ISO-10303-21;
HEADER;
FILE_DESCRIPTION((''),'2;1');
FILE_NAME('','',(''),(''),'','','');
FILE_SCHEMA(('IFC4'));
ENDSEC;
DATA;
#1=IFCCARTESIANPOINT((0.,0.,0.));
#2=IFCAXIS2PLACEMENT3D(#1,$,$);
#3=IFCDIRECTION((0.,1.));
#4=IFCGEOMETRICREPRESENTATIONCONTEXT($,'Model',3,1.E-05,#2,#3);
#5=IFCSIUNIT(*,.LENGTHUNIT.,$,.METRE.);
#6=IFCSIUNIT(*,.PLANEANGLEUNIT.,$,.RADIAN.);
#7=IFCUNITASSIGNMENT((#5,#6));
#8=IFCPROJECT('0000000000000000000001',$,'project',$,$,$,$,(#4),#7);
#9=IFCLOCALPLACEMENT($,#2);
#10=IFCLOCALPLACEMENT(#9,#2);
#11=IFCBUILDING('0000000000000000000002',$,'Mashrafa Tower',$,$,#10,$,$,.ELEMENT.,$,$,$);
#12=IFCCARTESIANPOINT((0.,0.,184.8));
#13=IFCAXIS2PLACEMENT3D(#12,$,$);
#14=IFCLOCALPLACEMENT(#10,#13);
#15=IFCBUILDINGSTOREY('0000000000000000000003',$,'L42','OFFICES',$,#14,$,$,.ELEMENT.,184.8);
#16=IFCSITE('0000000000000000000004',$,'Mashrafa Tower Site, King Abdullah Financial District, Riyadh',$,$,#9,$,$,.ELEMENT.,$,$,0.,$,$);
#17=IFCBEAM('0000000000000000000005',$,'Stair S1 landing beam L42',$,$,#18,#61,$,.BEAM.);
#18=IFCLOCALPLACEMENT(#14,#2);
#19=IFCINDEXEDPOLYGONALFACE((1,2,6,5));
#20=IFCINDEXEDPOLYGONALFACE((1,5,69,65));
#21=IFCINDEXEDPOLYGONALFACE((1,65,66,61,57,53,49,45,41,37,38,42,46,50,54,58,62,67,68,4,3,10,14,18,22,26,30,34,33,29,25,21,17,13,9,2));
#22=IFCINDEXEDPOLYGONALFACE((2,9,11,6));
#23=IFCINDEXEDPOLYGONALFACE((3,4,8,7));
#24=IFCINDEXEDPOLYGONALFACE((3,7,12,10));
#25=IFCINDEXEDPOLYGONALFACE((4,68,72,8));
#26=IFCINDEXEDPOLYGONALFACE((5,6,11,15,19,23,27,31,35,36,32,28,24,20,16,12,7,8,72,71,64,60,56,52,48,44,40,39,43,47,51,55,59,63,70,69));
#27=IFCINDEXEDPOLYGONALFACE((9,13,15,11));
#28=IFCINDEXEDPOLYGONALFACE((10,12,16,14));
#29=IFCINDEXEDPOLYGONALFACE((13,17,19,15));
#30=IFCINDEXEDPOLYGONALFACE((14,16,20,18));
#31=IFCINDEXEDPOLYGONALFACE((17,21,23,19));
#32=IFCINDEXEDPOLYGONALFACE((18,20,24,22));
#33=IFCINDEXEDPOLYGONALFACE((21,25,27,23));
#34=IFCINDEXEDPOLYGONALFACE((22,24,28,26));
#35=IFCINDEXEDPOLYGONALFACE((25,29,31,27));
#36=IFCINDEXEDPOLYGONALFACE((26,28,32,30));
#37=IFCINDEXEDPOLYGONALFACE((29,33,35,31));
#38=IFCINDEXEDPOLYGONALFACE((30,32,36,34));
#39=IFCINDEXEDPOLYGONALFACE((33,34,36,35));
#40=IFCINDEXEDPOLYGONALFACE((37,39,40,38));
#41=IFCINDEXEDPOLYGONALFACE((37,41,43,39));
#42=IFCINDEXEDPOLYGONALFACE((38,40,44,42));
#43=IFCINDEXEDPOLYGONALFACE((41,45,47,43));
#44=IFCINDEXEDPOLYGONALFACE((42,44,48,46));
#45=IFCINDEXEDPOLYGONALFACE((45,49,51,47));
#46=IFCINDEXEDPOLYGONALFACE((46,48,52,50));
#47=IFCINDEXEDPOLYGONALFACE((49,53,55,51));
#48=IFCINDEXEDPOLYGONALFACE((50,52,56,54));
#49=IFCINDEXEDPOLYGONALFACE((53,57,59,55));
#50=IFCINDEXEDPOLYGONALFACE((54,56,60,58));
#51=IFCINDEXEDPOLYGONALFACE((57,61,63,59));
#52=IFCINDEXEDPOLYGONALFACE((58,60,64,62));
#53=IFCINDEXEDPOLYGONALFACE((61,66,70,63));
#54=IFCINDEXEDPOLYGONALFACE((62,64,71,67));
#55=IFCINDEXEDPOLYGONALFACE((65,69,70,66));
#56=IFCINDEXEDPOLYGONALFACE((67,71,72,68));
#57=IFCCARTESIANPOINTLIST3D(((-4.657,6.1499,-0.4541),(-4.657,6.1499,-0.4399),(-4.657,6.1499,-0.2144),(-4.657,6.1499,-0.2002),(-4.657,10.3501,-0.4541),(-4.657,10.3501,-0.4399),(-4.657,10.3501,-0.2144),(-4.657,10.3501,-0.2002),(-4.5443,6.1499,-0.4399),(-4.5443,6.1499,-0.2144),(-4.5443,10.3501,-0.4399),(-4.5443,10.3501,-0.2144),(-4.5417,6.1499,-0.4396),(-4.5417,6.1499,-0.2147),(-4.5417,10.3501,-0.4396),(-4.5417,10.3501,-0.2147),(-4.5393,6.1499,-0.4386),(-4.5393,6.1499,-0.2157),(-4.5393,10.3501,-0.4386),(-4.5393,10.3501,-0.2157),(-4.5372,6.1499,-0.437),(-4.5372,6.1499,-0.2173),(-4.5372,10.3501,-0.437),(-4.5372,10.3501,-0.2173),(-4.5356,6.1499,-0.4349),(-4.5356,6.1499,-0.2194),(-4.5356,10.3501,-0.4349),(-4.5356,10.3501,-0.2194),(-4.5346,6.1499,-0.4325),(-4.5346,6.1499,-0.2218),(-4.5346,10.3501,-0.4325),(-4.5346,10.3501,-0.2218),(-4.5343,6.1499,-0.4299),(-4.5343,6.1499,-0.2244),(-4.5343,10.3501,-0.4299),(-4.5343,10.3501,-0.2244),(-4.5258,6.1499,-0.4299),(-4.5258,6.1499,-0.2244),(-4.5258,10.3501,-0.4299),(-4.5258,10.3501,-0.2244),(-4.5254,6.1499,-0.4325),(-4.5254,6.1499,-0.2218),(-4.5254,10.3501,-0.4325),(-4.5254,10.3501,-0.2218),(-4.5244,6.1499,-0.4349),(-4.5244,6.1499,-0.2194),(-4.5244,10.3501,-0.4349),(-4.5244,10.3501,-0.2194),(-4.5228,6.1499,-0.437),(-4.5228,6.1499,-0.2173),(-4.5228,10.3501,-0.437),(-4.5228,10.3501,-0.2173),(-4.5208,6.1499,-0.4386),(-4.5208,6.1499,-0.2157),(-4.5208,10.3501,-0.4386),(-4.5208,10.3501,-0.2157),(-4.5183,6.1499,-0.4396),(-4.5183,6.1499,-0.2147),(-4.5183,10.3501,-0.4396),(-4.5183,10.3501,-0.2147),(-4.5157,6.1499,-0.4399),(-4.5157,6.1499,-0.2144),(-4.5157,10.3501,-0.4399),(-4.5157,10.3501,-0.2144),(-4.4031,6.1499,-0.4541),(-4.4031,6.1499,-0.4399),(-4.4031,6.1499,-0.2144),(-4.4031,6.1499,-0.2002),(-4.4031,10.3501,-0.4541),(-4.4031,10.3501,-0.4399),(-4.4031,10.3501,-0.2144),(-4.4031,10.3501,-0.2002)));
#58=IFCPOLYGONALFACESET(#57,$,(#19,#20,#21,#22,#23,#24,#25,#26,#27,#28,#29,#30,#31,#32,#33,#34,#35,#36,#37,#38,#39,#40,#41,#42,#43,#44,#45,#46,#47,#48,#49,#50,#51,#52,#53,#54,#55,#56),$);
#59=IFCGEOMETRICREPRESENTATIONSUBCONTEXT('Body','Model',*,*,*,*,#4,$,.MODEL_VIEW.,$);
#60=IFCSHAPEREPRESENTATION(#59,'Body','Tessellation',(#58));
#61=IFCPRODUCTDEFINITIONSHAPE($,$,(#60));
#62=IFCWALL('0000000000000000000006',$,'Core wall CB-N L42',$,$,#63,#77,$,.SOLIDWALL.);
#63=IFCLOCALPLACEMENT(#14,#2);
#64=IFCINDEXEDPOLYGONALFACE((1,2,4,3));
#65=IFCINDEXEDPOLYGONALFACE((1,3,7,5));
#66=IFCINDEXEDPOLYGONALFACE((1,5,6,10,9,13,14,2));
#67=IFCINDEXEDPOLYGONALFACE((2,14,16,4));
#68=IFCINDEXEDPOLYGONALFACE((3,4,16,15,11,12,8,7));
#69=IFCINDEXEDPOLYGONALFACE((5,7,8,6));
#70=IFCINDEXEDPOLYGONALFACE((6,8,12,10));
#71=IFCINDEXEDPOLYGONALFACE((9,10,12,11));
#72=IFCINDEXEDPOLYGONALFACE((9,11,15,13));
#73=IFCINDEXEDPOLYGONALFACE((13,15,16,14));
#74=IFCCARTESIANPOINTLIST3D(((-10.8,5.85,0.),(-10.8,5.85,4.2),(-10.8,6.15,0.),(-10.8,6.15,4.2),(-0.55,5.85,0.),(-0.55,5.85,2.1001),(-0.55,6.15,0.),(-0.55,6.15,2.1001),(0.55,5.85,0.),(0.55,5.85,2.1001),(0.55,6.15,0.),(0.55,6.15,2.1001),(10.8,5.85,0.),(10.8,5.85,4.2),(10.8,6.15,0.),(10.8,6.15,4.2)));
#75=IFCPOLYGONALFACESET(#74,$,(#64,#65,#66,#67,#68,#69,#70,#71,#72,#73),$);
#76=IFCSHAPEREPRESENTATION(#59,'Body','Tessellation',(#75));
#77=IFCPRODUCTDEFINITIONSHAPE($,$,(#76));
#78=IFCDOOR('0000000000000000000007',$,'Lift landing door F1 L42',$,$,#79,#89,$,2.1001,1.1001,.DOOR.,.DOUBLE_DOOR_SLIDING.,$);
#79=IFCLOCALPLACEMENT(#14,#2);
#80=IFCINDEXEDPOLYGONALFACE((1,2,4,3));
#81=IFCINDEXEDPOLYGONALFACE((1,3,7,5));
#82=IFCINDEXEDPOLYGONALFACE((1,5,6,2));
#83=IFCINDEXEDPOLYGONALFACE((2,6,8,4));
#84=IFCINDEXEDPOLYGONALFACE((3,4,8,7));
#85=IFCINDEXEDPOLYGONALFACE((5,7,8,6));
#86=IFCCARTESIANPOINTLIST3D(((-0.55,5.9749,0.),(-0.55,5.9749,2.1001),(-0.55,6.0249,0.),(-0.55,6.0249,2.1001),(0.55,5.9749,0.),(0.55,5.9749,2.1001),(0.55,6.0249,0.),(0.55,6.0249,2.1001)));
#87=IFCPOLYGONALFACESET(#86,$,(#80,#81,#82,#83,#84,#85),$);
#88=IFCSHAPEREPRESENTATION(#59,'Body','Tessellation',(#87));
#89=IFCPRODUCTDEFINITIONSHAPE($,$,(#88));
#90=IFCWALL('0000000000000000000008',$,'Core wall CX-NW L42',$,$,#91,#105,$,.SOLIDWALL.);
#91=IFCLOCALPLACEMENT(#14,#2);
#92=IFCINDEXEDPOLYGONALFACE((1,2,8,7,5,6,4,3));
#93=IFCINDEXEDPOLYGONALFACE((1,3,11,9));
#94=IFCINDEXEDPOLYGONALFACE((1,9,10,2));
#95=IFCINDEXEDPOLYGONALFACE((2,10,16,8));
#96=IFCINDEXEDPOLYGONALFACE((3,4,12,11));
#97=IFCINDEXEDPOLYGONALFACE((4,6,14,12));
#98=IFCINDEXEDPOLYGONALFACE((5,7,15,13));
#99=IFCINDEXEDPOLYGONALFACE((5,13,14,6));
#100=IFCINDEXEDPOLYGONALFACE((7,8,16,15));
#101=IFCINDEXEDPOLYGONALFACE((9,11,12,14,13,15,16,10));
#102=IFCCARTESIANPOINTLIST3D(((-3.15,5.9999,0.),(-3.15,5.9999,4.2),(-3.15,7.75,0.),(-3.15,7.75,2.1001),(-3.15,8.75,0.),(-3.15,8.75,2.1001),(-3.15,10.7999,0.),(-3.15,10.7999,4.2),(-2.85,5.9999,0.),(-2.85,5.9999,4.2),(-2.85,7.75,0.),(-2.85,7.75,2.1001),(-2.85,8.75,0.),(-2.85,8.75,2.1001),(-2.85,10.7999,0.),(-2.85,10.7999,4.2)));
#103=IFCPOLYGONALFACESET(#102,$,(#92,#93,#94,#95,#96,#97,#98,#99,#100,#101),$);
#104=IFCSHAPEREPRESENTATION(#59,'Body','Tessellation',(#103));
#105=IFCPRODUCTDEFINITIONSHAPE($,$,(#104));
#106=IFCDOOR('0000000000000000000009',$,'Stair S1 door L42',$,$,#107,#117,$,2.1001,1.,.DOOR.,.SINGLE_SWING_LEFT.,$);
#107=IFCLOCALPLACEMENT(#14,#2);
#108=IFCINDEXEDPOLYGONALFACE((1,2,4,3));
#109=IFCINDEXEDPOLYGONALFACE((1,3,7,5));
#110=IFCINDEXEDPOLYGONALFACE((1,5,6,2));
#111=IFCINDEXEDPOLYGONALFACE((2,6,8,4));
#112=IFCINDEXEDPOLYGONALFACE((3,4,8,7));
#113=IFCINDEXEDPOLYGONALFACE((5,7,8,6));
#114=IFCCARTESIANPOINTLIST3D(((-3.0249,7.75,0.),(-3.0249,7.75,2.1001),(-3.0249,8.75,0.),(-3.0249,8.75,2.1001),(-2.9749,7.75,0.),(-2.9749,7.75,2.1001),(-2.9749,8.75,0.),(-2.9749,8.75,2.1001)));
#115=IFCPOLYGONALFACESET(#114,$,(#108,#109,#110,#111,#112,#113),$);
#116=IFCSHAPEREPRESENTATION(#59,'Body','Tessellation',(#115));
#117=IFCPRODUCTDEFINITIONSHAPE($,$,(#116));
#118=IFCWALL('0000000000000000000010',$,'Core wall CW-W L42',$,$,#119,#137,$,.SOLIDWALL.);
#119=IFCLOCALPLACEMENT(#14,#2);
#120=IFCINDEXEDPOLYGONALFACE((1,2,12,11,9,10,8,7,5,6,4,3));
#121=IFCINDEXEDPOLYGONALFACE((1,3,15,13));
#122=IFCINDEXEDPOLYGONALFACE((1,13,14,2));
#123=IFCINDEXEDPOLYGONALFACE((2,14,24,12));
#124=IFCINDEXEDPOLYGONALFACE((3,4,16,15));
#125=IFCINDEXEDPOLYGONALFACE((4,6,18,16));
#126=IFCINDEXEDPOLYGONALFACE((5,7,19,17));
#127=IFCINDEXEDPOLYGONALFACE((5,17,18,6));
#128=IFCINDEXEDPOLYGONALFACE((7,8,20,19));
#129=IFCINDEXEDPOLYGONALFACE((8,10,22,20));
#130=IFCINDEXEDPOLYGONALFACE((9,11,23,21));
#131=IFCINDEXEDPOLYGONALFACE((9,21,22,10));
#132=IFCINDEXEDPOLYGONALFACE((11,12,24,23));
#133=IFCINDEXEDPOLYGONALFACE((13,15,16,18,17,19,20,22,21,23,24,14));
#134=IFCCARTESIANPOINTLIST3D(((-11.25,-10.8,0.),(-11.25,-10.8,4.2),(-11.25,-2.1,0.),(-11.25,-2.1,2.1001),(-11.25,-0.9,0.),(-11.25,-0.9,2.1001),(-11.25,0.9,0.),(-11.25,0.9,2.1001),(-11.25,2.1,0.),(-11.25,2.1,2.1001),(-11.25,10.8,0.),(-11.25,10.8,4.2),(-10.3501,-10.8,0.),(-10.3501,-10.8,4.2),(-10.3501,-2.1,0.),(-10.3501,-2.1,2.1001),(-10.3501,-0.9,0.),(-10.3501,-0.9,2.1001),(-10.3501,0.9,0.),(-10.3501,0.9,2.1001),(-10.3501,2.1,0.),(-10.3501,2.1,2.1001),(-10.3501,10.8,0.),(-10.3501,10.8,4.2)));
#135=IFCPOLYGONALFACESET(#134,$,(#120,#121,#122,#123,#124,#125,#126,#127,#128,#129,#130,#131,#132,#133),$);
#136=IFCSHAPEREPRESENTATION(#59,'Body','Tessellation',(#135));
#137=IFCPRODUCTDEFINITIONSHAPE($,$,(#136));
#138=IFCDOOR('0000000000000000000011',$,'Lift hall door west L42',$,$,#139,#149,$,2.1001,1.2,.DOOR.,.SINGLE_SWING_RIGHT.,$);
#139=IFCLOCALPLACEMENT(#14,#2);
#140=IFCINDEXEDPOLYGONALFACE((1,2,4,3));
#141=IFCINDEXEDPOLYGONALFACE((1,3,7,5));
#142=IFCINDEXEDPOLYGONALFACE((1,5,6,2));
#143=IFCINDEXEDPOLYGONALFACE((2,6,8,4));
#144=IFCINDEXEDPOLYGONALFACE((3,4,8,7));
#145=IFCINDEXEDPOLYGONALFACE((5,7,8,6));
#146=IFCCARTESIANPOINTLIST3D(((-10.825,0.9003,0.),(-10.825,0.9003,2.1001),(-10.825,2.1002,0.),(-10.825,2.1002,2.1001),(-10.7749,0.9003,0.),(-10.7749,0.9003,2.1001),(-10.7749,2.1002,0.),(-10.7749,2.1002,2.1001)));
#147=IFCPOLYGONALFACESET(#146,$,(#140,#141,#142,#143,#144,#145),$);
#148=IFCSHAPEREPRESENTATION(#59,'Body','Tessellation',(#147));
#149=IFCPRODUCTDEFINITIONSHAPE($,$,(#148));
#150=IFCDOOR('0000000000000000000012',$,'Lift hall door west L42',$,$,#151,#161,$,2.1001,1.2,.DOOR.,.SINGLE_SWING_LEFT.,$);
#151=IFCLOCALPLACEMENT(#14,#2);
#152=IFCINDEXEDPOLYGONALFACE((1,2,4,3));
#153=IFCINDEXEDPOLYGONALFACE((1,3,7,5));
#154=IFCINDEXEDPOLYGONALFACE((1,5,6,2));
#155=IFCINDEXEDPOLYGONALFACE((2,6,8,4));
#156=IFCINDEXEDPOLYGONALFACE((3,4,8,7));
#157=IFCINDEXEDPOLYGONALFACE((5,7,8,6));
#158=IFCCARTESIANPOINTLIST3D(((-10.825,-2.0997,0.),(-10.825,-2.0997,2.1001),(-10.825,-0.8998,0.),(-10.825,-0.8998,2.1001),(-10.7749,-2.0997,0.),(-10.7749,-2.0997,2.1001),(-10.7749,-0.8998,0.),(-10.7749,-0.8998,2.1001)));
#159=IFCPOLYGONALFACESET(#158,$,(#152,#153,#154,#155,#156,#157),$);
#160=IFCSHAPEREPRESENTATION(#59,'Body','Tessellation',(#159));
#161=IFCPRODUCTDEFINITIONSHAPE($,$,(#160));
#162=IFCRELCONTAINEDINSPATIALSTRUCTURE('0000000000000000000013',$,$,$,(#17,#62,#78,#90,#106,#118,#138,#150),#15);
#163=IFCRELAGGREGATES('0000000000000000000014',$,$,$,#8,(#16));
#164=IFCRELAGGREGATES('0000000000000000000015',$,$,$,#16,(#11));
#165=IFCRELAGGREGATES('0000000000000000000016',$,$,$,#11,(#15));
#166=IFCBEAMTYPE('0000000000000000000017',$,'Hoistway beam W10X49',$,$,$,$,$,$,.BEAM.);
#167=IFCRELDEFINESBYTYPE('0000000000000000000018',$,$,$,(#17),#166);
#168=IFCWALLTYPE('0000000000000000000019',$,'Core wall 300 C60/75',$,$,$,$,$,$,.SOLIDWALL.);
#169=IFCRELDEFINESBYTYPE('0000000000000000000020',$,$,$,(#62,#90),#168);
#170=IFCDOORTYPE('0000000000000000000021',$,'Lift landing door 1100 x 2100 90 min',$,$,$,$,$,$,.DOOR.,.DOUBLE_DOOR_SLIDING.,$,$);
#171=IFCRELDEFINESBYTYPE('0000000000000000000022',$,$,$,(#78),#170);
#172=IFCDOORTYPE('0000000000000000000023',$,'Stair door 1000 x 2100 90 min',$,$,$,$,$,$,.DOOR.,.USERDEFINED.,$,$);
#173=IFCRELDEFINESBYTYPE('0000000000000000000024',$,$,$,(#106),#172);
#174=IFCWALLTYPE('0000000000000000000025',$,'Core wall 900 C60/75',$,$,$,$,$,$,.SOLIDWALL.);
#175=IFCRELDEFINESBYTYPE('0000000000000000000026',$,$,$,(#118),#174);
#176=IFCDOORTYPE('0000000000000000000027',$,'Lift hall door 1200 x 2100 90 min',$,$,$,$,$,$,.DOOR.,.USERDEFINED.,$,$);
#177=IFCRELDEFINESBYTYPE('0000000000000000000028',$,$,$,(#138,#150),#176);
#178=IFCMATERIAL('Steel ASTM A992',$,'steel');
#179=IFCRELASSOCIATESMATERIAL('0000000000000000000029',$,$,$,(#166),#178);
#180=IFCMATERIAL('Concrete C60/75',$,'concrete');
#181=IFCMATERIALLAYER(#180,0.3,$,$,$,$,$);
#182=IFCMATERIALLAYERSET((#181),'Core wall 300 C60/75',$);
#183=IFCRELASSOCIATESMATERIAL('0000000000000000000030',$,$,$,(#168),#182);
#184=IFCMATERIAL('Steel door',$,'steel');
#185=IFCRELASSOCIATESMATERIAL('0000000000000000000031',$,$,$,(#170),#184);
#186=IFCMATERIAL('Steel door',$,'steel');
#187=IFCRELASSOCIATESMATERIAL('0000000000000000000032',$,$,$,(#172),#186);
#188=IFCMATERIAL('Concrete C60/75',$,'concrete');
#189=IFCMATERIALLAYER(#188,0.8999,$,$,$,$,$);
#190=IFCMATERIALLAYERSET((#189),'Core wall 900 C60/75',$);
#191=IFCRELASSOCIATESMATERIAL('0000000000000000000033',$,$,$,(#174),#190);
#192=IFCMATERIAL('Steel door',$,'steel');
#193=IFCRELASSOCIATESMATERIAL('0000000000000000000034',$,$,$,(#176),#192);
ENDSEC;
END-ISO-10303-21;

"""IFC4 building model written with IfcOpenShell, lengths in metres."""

from ifc_helpers import new_model, si_unit, direction, frame, frame_2d, origin, origin_2d, place, context, subcontext, project, spatial, rectangle, i_section, extrude, material, layer, layer_set, material_profile, profile_set, type_object, element, fill, save


model = new_model("IFC4")

# Units and contexts
model_context = context("Model", 3, precision=1e-05, world=origin(), true_north=direction((0.0, 1.0)))
body_context = subcontext(model_context, "Body", "Model", "MODEL_VIEW")
ifc_project = project(units=[si_unit("LENGTHUNIT", "METRE"), si_unit("PLANEANGLEUNIT", "RADIAN")], contexts=[model_context])

# Site, building, storey
site_placement = place(None, origin())
site = spatial("IfcSite", under=ifc_project, at=site_placement, Name="Mashrafa Tower Site, King Abdullah Financial District, Riyadh", CompositionType="ELEMENT", RefElevation=0.0)
building_placement = place(site_placement, origin())
building = spatial("IfcBuilding", under=site, at=building_placement, Name="Mashrafa Tower", CompositionType="ELEMENT")
storey_placement = place(building_placement, frame((0.0, 0.0, 184.8)))
storey = spatial("IfcBuildingStorey", under=building, at=storey_placement, Name="L42", Description="OFFICES", CompositionType="ELEMENT", Elevation=184.8)

# Beam
ifc_material_1 = material(Name="Steel ASTM A992", Category="steel")
ifc_material_profile_1 = material_profile(ifc_material_1, i_section(OverallWidth=0.2539, OverallDepth=0.2539, WebThickness=0.0085, FlangeThickness=0.0142, FilletRadius=0.01, at=origin_2d()), Name="W10X49")
ifc_profile_set_1 = profile_set([ifc_material_profile_1], Name="Steel ASTM A992")
beam_type_1 = type_object("IfcBeamType", Name="Hoistway beam W10X49", PredefinedType="BEAM", material=ifc_profile_set_1)
beam_1_placement = place(storey_placement, frame((-4.53, 6.1499, -0.3271), z_axis=(0.0, 1.0, 0.0), x_axis=(-1.0, 0.0, 0.0)))
element("IfcBeam", 1, at=beam_1_placement, inside=storey, type_object=beam_type_1, Name="Stair S1 landing beam L42", PredefinedType="BEAM", context=body_context, shape_type="SweptSolid", body=[
    extrude(i_section(OverallWidth=0.2539, OverallDepth=0.2539, WebThickness=0.0085, FlangeThickness=0.0142, FilletRadius=0.01, at=origin_2d()), origin(), (0.0, 0.0, 1.0), 4.2002),
])

# Walls, openings, doors
ifc_material_2 = material(Name="Concrete C60/75", Category="concrete")
ifc_layer_1 = layer(ifc_material_2, 0.3)
ifc_layer_set_1 = layer_set([ifc_layer_1], Name="Core wall 300 C60/75")
wall_type_1 = type_object("IfcWallType", Name="Core wall 300 C60/75", PredefinedType="SOLIDWALL", material=ifc_layer_set_1)
wall_1_placement = place(storey_placement, frame((-10.8, 6.0, 0.0), z_axis=(0.0, 0.0, 1.0), x_axis=(1.0, 0.0, 0.0)))
wall_1 = element("IfcWall", 2, at=wall_1_placement, inside=storey, type_object=wall_type_1, Name="Core wall CB-N L42", PredefinedType="SOLIDWALL", context=body_context, shape_type="SweptSolid", body=[
    extrude(rectangle(XDim=21.6001, YDim=0.3, at=frame_2d((10.8, 0.0))), origin(), (0.0, 0.0, 1.0), 4.2),
])
opening_1_placement = place(wall_1_placement, frame((10.25, 0.0, 0.0)))
opening_1 = element("IfcOpeningElement", 3, at=opening_1_placement, cuts=wall_1, PredefinedType="OPENING", context=body_context, shape_type="SweptSolid", body=[
    extrude(rectangle(XDim=1.1001, YDim=2.1001, at=frame_2d((0.55, 1.05))), frame((0.0, 0.1599, 0.0), z_axis=(0.0, -1.0, 0.0), x_axis=(1.0, 0.0, 0.0)), (0.0, 0.0, 1.0), 0.3201),
])
ifc_material_3 = material(Name="Steel door", Category="steel")
door_type_1 = type_object("IfcDoorType", Name="Lift landing door 1100 x 2100 90 min", OperationType="DOUBLE_DOOR_SLIDING", PredefinedType="DOOR", material=ifc_material_3)
door_1_placement = place(opening_1_placement, origin())
door_1 = element("IfcDoor", 4, at=door_1_placement, inside=storey, type_object=door_type_1, Name="Lift landing door F1 L42", OperationType="DOUBLE_DOOR_SLIDING", OverallHeight=2.1001, OverallWidth=1.1001, PredefinedType="DOOR", context=body_context, shape_type="SweptSolid", body=[
    extrude(rectangle(XDim=1.1001, YDim=2.1001, at=frame_2d((0.55, 1.05))), frame((0.0, 0.0249, 0.0), z_axis=(0.0, -1.0, 0.0), x_axis=(1.0, 0.0, 0.0)), (0.0, 0.0, 1.0), 0.05),
])
fill(opening_1, door_1)
wall_2_placement = place(storey_placement, frame((-3.0, 6.0, 0.0), z_axis=(0.0, 0.0, 1.0), x_axis=(0.0, 1.0, 0.0)))
wall_2 = element("IfcWall", 5, at=wall_2_placement, inside=storey, type_object=wall_type_1, Name="Core wall CX-NW L42", PredefinedType="SOLIDWALL", context=body_context, shape_type="SweptSolid", body=[
    extrude(rectangle(XDim=4.8, YDim=0.3, at=frame_2d((2.3999, 0.0))), origin(), (0.0, 0.0, 1.0), 4.2),
])
opening_2_placement = place(wall_2_placement, frame((1.75, 0.0, 0.0)))
opening_2 = element("IfcOpeningElement", 6, at=opening_2_placement, cuts=wall_2, PredefinedType="OPENING", context=body_context, shape_type="SweptSolid", body=[
    extrude(rectangle(XDim=1.0, YDim=2.1001, at=frame_2d((0.5, 1.05))), frame((0.0, 0.1599, 0.0), z_axis=(0.0, -1.0, 0.0), x_axis=(1.0, 0.0, 0.0)), (0.0, 0.0, 1.0), 0.3201),
])
ifc_material_4 = material(Name="Steel door", Category="steel")
door_type_2 = type_object("IfcDoorType", Name="Stair door 1000 x 2100 90 min", OperationType="USERDEFINED", PredefinedType="DOOR", material=ifc_material_4)
door_2_placement = place(opening_2_placement, origin())
door_2 = element("IfcDoor", 7, at=door_2_placement, inside=storey, type_object=door_type_2, Name="Stair S1 door L42", OperationType="SINGLE_SWING_LEFT", OverallHeight=2.1001, OverallWidth=1.0, PredefinedType="DOOR", context=body_context, shape_type="SweptSolid", body=[
    extrude(rectangle(XDim=1.0, YDim=2.1001, at=frame_2d((0.5, 1.05))), frame((0.0, 0.0249, 0.0), z_axis=(0.0, -1.0, 0.0), x_axis=(1.0, 0.0, 0.0)), (0.0, 0.0, 1.0), 0.05),
])
fill(opening_2, door_2)

# Wall, openings, doors
ifc_material_5 = material(Name="Concrete C60/75", Category="concrete")
ifc_layer_2 = layer(ifc_material_5, 0.8999)
ifc_layer_set_2 = layer_set([ifc_layer_2], Name="Core wall 900 C60/75")
wall_type_2 = type_object("IfcWallType", Name="Core wall 900 C60/75", PredefinedType="SOLIDWALL", material=ifc_layer_set_2)
wall_3_placement = place(storey_placement, frame((-10.8, 10.8, 0.0), z_axis=(0.0, 0.0, 1.0), x_axis=(0.0, -1.0, 0.0)))
wall_3 = element("IfcWall", 8, at=wall_3_placement, inside=storey, type_object=wall_type_2, Name="Core wall CW-W L42", PredefinedType="SOLIDWALL", context=body_context, shape_type="SweptSolid", body=[
    extrude(rectangle(XDim=21.6001, YDim=0.8999, at=frame_2d((10.8, 0.0))), origin(), (0.0, 0.0, 1.0), 4.2),
])
opening_3_placement = place(wall_3_placement, frame((8.7, 0.0, 0.0)))
opening_3 = element("IfcOpeningElement", 9, at=opening_3_placement, cuts=wall_3, PredefinedType="OPENING", context=body_context, shape_type="SweptSolid", body=[
    extrude(rectangle(XDim=1.2, YDim=2.1001, at=frame_2d((0.6001, 1.05))), frame((0.0, 0.46, 0.0), z_axis=(0.0, -1.0, 0.0), x_axis=(1.0, 0.0, 0.0)), (0.0, 0.0, 1.0), 0.9199),
])
opening_4_placement = place(wall_3_placement, frame((11.7, 0.0, 0.0)))
opening_4 = element("IfcOpeningElement", 10, at=opening_4_placement, cuts=wall_3, PredefinedType="OPENING", context=body_context, shape_type="SweptSolid", body=[
    extrude(rectangle(XDim=1.2, YDim=2.1001, at=frame_2d((0.6001, 1.05))), frame((0.0, 0.46, 0.0), z_axis=(0.0, -1.0, 0.0), x_axis=(1.0, 0.0, 0.0)), (0.0, 0.0, 1.0), 0.9199),
])
ifc_material_6 = material(Name="Steel door", Category="steel")
door_type_3 = type_object("IfcDoorType", Name="Lift hall door 1200 x 2100 90 min", OperationType="USERDEFINED", PredefinedType="DOOR", material=ifc_material_6)
door_3_placement = place(opening_3_placement, frame((1.2, 0.0, 0.0), z_axis=(0.0, 0.0, 1.0), x_axis=(-1.0, 0.0, 0.0)))
door_3 = element("IfcDoor", 11, at=door_3_placement, inside=storey, type_object=door_type_3, Name="Lift hall door west L42", OperationType="SINGLE_SWING_RIGHT", OverallHeight=2.1001, OverallWidth=1.2, PredefinedType="DOOR", context=body_context, shape_type="SweptSolid", body=[
    extrude(rectangle(XDim=1.2, YDim=2.1001, at=frame_2d((0.6001, 1.05))), frame((0.0, 0.0249, 0.0), z_axis=(0.0, -1.0, 0.0), x_axis=(1.0, 0.0, 0.0)), (0.0, 0.0, 1.0), 0.05),
])
fill(opening_3, door_3)
door_4_placement = place(opening_4_placement, frame((1.2, 0.0, 0.0), z_axis=(0.0, 0.0, 1.0), x_axis=(-1.0, 0.0, 0.0)))
door_4 = element("IfcDoor", 12, at=door_4_placement, inside=storey, type_object=door_type_3, Name="Lift hall door west L42", OperationType="SINGLE_SWING_LEFT", OverallHeight=2.1001, OverallWidth=1.2, PredefinedType="DOOR", context=body_context, shape_type="SweptSolid", body=[
    extrude(rectangle(XDim=1.2, YDim=2.1001, at=frame_2d((0.6001, 1.05))), frame((0.0, 0.0249, 0.0), z_axis=(0.0, -1.0, 0.0), x_axis=(1.0, 0.0, 0.0)), (0.0, 0.0, 1.0), 0.05),
])
fill(opening_4, door_4)

save(model, "model.ifc")
